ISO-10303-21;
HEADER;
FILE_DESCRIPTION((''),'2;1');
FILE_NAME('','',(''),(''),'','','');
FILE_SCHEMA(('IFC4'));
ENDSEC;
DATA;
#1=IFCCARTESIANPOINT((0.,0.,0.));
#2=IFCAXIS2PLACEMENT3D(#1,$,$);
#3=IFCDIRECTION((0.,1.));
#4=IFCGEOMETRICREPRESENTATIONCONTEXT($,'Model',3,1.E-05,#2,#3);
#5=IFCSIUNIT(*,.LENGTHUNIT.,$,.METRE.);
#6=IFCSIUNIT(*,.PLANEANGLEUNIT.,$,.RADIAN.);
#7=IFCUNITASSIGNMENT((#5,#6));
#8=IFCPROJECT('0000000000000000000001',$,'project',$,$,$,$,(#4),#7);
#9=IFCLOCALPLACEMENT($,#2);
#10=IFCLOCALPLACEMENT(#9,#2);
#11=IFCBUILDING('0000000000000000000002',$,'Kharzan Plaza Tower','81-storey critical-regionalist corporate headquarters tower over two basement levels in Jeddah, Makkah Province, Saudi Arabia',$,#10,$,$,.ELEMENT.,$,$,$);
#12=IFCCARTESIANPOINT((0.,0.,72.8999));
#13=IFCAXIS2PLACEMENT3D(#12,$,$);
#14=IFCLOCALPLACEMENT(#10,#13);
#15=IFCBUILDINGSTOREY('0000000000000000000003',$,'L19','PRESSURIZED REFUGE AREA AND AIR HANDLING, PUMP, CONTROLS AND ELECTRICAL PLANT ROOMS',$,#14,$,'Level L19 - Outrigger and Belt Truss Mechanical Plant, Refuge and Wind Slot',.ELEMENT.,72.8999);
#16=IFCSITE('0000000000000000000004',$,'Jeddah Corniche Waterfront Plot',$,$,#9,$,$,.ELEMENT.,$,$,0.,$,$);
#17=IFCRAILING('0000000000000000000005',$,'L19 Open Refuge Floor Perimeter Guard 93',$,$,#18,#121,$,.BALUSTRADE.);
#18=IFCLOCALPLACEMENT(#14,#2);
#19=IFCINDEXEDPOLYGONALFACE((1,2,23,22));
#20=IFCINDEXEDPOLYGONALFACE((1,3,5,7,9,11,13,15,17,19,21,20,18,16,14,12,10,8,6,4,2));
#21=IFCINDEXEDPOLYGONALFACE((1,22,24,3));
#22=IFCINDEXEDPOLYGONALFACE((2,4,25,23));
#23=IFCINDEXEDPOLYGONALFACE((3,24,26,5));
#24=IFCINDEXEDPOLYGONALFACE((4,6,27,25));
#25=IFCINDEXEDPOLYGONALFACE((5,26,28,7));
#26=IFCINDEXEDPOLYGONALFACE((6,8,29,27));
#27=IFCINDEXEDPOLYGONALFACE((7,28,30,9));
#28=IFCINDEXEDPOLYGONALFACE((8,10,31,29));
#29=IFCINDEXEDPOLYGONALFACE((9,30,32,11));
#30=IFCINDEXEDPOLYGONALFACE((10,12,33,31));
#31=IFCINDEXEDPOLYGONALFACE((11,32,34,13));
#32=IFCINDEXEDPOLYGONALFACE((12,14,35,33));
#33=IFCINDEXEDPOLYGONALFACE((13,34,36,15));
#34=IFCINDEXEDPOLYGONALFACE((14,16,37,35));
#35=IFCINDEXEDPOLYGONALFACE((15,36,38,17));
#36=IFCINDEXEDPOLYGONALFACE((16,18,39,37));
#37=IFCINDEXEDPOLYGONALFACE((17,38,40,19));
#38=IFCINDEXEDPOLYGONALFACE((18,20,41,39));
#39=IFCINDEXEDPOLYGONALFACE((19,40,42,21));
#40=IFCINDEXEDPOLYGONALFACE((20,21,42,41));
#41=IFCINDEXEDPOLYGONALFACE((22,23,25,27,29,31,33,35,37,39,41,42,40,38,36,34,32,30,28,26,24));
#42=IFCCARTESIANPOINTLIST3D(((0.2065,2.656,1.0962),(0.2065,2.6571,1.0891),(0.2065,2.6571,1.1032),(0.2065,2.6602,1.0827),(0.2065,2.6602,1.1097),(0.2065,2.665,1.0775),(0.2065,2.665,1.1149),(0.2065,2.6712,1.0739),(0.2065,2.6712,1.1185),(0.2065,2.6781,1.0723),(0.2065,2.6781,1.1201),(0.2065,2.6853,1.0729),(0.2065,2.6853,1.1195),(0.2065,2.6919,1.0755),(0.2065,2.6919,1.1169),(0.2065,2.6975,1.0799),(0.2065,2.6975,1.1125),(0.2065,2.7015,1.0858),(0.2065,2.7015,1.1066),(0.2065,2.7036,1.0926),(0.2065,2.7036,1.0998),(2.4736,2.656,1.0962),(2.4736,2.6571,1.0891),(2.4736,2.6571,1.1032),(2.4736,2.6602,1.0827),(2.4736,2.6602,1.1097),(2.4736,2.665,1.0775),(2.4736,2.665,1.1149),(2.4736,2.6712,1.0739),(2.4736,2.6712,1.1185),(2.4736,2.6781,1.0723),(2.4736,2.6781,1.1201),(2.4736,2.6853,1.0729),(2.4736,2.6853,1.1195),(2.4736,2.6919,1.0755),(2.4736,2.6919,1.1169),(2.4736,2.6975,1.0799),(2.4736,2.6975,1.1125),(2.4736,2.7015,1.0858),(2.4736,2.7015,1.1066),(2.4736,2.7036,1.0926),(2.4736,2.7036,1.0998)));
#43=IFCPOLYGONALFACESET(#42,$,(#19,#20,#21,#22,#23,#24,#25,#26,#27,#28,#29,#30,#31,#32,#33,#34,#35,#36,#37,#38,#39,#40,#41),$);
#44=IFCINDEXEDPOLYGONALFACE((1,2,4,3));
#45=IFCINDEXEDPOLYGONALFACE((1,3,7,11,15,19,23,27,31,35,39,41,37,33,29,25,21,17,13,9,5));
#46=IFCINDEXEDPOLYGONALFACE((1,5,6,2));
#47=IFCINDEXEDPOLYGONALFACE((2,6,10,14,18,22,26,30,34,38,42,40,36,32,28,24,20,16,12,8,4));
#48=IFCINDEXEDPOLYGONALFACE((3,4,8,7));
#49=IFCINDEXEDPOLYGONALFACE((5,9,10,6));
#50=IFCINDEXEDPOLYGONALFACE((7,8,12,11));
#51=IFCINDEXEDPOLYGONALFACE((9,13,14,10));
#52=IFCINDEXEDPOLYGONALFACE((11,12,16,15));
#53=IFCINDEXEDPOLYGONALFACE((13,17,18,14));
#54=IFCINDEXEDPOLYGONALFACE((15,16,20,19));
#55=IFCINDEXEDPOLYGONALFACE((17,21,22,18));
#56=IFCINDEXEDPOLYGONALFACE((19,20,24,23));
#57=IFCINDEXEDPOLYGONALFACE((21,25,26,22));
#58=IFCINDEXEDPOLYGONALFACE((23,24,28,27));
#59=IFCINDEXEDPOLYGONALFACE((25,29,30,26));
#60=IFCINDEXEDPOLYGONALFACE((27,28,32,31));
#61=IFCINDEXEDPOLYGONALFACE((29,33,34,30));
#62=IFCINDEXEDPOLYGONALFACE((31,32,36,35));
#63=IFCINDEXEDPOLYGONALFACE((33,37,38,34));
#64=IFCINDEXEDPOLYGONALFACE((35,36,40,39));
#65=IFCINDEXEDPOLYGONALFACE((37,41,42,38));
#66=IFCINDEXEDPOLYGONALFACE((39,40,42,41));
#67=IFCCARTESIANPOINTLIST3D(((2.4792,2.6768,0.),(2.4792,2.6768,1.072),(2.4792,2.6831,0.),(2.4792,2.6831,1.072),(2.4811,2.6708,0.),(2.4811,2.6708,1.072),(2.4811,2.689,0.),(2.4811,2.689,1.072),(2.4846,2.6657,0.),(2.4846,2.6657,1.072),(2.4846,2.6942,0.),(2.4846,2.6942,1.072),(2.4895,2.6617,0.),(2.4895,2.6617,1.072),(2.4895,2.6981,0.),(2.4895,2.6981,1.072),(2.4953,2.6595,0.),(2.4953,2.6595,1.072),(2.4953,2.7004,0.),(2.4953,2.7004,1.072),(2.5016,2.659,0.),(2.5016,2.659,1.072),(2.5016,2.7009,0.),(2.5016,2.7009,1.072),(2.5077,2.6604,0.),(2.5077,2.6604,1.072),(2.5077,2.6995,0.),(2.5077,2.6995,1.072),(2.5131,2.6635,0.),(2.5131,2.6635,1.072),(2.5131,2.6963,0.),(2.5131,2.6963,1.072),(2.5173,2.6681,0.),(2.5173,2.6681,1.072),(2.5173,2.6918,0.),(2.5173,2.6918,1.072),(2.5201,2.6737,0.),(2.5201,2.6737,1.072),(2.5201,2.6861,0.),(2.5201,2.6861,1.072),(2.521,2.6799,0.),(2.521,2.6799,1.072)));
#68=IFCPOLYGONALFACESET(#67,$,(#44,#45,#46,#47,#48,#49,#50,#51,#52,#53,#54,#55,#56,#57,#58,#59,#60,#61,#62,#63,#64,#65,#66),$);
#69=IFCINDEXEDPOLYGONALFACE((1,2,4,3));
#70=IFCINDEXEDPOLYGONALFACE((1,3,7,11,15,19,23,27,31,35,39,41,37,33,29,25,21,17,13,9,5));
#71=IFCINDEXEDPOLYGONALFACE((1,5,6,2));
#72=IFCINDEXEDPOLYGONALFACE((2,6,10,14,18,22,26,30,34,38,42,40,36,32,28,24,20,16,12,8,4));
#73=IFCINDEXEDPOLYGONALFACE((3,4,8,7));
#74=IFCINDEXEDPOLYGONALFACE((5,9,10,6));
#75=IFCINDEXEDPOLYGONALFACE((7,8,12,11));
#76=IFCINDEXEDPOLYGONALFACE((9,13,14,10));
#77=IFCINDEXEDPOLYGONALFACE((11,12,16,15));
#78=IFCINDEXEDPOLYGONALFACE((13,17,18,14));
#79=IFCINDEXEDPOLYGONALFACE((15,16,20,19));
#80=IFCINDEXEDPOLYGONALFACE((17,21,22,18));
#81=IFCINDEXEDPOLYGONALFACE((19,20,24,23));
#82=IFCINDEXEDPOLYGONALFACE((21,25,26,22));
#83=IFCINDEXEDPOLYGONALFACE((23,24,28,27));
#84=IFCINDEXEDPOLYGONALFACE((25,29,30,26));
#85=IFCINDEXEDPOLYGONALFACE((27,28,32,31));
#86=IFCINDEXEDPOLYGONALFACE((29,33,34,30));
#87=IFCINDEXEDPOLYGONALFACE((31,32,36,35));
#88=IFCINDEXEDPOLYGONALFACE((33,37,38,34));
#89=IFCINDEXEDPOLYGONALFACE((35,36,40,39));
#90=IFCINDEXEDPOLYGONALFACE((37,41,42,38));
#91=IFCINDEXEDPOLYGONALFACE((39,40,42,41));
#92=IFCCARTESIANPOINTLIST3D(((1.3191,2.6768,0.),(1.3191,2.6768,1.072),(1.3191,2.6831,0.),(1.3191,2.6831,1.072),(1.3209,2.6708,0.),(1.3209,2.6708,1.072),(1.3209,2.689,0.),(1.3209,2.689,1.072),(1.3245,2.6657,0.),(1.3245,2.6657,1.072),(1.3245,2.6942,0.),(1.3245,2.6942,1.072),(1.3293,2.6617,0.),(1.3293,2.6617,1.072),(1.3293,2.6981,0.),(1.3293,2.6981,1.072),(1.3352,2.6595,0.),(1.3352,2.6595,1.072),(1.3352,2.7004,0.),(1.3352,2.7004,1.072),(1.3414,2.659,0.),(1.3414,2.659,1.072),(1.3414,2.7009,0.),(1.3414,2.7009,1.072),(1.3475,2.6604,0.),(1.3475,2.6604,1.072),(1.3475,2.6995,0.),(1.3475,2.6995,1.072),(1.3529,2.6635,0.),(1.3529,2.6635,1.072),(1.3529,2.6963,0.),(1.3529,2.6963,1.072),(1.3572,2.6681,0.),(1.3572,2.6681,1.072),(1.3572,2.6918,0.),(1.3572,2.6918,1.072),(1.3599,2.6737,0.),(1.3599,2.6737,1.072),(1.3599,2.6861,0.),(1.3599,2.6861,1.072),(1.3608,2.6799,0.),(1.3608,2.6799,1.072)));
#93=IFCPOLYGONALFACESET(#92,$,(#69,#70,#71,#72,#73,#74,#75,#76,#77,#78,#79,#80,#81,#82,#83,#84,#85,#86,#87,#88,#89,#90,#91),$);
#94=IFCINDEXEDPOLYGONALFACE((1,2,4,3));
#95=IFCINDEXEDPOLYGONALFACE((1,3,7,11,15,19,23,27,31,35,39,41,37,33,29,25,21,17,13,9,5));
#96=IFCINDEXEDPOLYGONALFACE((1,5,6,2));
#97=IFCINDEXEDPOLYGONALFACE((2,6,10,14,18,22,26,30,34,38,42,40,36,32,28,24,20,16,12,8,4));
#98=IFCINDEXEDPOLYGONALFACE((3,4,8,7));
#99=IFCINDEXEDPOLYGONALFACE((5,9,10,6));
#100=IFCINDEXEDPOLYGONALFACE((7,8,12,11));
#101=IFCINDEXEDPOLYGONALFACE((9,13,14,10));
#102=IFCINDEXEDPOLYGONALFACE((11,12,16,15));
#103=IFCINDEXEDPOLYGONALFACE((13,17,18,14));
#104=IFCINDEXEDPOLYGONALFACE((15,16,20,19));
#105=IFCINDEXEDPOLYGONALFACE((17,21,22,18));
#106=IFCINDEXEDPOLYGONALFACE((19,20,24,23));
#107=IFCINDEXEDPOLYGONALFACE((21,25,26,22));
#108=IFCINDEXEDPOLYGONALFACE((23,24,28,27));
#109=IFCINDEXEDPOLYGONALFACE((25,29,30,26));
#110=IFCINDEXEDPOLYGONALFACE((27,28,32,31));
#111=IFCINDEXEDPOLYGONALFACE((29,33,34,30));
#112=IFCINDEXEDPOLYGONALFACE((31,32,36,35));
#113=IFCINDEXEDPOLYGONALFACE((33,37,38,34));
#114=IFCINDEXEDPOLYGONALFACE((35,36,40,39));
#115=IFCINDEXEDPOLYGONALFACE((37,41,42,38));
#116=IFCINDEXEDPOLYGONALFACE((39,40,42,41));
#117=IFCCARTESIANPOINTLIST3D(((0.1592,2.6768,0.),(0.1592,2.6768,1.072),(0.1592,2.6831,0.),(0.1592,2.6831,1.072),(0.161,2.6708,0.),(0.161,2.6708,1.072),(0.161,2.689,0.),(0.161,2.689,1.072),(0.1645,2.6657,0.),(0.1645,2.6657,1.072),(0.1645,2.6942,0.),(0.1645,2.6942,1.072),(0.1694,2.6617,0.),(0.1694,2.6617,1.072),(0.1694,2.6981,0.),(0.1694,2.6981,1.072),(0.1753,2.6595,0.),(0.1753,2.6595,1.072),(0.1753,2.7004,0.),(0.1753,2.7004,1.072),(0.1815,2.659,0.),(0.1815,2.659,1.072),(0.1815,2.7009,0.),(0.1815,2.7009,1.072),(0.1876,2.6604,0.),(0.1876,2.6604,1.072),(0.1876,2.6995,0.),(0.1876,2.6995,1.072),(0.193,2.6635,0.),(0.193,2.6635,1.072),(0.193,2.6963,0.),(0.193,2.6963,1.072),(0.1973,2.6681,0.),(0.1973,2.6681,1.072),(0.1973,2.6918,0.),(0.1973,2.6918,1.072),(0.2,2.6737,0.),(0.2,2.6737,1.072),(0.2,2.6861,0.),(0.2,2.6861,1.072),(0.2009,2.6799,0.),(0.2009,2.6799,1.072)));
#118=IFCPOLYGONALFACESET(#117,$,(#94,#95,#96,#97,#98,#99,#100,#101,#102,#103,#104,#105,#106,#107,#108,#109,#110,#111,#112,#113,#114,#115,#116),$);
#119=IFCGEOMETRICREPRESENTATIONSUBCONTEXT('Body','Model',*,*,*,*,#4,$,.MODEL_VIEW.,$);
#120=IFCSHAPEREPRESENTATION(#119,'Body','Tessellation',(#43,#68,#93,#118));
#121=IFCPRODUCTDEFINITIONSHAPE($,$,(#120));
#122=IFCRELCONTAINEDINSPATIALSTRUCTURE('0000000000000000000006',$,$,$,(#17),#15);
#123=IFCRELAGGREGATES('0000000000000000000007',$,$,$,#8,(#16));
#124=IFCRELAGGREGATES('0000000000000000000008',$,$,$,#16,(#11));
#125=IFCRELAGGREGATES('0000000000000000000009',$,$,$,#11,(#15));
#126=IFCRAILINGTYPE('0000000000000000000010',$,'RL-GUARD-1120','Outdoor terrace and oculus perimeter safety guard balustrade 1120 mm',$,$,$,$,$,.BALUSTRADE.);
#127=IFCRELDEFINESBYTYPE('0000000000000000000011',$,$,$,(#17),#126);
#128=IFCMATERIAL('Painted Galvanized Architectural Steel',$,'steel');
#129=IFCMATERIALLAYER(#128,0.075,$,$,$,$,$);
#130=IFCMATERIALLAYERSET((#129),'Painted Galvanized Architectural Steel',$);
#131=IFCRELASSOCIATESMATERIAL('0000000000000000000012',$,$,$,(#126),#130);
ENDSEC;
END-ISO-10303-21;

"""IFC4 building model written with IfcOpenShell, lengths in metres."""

from ifc_helpers import new_model, si_unit, direction, frame, origin, origin_2d, place, context, subcontext, project, spatial, circle, extrude, source, transform, mapped, material, layer, layer_set, type_object, element, save


model = new_model("IFC4")

# Units and contexts
model_context = context("Model", 3, precision=1e-05, world=origin(), true_north=direction((0.0, 1.0)))
body_context = subcontext(model_context, "Body", "Model", "MODEL_VIEW")
ifc_project = project(units=[si_unit("LENGTHUNIT", "METRE"), si_unit("PLANEANGLEUNIT", "RADIAN")], contexts=[model_context])

# Site, building, storey
site_placement = place(None, origin())
site = spatial("IfcSite", under=ifc_project, at=site_placement, Name="Jeddah Corniche Waterfront Plot", CompositionType="ELEMENT", RefElevation=0.0)
building_placement = place(site_placement, origin())
building = spatial("IfcBuilding", under=site, at=building_placement, Name="Kharzan Plaza Tower", Description="81-storey critical-regionalist corporate headquarters tower over two basement levels in Jeddah, Makkah Province, Saudi Arabia", CompositionType="ELEMENT")
storey_placement = place(building_placement, frame((0.0, 0.0, 72.8999)))
storey = spatial("IfcBuildingStorey", under=building, at=storey_placement, Name="L19", Description="PRESSURIZED REFUGE AREA AND AIR HANDLING, PUMP, CONTROLS AND ELECTRICAL PLANT ROOMS", LongName="Level L19 - Outrigger and Belt Truss Mechanical Plant, Refuge and Wind Slot", CompositionType="ELEMENT", Elevation=72.8999)

# Railing
ifc_material_1 = material(Name="Painted Galvanized Architectural Steel", Category="steel")
ifc_layer_1 = layer(ifc_material_1, 0.075)
ifc_layer_set_1 = layer_set([ifc_layer_1], Name="Painted Galvanized Architectural Steel")
railing_type = type_object("IfcRailingType", Name="RL-GUARD-1120", Description="Outdoor terrace and oculus perimeter safety guard balustrade 1120 mm", PredefinedType="BALUSTRADE", material=ifc_layer_set_1)
shared_shape_1 = source(origin(), body_context, "Body", "SweptSolid", [
    extrude(circle(Radius=0.0239, at=origin_2d()), frame((-0.0264, 0.0, 1.0962), z_axis=(-1.0, 0.0, 0.0), x_axis=(0.0, -1.0, 0.0)), (0.0, 0.0, 1.0), 2.2671),
    extrude(circle(Radius=0.021, at=origin_2d()), origin(), (0.0, 0.0, 1.0), 1.072),
    extrude(circle(Radius=0.021, at=origin_2d()), frame((-1.1602, 0.0, 0.0)), (0.0, 0.0, 1.0), 1.072),
    extrude(circle(Radius=0.021, at=origin_2d()), frame((-2.3201, 0.0, 0.0)), (0.0, 0.0, 1.0), 1.072),
])
railing_1_placement = place(storey_placement, frame((2.5, 2.6799, 0.0)))
element("IfcRailing", 1, at=railing_1_placement, inside=storey, type_object=railing_type, Name="L19 Open Refuge Floor Perimeter Guard 93", PredefinedType="BALUSTRADE", context=body_context, shape_type="MappedRepresentation", body=[
    mapped(shared_shape_1, transform((0.0, 0.0, 0.0), x_axis=(1.0, 0.0, 0.0), y_axis=(0.0, 1.0, 0.0), z_axis=(0.0, 0.0, 1.0))),
])

save(model, "model.ifc")
